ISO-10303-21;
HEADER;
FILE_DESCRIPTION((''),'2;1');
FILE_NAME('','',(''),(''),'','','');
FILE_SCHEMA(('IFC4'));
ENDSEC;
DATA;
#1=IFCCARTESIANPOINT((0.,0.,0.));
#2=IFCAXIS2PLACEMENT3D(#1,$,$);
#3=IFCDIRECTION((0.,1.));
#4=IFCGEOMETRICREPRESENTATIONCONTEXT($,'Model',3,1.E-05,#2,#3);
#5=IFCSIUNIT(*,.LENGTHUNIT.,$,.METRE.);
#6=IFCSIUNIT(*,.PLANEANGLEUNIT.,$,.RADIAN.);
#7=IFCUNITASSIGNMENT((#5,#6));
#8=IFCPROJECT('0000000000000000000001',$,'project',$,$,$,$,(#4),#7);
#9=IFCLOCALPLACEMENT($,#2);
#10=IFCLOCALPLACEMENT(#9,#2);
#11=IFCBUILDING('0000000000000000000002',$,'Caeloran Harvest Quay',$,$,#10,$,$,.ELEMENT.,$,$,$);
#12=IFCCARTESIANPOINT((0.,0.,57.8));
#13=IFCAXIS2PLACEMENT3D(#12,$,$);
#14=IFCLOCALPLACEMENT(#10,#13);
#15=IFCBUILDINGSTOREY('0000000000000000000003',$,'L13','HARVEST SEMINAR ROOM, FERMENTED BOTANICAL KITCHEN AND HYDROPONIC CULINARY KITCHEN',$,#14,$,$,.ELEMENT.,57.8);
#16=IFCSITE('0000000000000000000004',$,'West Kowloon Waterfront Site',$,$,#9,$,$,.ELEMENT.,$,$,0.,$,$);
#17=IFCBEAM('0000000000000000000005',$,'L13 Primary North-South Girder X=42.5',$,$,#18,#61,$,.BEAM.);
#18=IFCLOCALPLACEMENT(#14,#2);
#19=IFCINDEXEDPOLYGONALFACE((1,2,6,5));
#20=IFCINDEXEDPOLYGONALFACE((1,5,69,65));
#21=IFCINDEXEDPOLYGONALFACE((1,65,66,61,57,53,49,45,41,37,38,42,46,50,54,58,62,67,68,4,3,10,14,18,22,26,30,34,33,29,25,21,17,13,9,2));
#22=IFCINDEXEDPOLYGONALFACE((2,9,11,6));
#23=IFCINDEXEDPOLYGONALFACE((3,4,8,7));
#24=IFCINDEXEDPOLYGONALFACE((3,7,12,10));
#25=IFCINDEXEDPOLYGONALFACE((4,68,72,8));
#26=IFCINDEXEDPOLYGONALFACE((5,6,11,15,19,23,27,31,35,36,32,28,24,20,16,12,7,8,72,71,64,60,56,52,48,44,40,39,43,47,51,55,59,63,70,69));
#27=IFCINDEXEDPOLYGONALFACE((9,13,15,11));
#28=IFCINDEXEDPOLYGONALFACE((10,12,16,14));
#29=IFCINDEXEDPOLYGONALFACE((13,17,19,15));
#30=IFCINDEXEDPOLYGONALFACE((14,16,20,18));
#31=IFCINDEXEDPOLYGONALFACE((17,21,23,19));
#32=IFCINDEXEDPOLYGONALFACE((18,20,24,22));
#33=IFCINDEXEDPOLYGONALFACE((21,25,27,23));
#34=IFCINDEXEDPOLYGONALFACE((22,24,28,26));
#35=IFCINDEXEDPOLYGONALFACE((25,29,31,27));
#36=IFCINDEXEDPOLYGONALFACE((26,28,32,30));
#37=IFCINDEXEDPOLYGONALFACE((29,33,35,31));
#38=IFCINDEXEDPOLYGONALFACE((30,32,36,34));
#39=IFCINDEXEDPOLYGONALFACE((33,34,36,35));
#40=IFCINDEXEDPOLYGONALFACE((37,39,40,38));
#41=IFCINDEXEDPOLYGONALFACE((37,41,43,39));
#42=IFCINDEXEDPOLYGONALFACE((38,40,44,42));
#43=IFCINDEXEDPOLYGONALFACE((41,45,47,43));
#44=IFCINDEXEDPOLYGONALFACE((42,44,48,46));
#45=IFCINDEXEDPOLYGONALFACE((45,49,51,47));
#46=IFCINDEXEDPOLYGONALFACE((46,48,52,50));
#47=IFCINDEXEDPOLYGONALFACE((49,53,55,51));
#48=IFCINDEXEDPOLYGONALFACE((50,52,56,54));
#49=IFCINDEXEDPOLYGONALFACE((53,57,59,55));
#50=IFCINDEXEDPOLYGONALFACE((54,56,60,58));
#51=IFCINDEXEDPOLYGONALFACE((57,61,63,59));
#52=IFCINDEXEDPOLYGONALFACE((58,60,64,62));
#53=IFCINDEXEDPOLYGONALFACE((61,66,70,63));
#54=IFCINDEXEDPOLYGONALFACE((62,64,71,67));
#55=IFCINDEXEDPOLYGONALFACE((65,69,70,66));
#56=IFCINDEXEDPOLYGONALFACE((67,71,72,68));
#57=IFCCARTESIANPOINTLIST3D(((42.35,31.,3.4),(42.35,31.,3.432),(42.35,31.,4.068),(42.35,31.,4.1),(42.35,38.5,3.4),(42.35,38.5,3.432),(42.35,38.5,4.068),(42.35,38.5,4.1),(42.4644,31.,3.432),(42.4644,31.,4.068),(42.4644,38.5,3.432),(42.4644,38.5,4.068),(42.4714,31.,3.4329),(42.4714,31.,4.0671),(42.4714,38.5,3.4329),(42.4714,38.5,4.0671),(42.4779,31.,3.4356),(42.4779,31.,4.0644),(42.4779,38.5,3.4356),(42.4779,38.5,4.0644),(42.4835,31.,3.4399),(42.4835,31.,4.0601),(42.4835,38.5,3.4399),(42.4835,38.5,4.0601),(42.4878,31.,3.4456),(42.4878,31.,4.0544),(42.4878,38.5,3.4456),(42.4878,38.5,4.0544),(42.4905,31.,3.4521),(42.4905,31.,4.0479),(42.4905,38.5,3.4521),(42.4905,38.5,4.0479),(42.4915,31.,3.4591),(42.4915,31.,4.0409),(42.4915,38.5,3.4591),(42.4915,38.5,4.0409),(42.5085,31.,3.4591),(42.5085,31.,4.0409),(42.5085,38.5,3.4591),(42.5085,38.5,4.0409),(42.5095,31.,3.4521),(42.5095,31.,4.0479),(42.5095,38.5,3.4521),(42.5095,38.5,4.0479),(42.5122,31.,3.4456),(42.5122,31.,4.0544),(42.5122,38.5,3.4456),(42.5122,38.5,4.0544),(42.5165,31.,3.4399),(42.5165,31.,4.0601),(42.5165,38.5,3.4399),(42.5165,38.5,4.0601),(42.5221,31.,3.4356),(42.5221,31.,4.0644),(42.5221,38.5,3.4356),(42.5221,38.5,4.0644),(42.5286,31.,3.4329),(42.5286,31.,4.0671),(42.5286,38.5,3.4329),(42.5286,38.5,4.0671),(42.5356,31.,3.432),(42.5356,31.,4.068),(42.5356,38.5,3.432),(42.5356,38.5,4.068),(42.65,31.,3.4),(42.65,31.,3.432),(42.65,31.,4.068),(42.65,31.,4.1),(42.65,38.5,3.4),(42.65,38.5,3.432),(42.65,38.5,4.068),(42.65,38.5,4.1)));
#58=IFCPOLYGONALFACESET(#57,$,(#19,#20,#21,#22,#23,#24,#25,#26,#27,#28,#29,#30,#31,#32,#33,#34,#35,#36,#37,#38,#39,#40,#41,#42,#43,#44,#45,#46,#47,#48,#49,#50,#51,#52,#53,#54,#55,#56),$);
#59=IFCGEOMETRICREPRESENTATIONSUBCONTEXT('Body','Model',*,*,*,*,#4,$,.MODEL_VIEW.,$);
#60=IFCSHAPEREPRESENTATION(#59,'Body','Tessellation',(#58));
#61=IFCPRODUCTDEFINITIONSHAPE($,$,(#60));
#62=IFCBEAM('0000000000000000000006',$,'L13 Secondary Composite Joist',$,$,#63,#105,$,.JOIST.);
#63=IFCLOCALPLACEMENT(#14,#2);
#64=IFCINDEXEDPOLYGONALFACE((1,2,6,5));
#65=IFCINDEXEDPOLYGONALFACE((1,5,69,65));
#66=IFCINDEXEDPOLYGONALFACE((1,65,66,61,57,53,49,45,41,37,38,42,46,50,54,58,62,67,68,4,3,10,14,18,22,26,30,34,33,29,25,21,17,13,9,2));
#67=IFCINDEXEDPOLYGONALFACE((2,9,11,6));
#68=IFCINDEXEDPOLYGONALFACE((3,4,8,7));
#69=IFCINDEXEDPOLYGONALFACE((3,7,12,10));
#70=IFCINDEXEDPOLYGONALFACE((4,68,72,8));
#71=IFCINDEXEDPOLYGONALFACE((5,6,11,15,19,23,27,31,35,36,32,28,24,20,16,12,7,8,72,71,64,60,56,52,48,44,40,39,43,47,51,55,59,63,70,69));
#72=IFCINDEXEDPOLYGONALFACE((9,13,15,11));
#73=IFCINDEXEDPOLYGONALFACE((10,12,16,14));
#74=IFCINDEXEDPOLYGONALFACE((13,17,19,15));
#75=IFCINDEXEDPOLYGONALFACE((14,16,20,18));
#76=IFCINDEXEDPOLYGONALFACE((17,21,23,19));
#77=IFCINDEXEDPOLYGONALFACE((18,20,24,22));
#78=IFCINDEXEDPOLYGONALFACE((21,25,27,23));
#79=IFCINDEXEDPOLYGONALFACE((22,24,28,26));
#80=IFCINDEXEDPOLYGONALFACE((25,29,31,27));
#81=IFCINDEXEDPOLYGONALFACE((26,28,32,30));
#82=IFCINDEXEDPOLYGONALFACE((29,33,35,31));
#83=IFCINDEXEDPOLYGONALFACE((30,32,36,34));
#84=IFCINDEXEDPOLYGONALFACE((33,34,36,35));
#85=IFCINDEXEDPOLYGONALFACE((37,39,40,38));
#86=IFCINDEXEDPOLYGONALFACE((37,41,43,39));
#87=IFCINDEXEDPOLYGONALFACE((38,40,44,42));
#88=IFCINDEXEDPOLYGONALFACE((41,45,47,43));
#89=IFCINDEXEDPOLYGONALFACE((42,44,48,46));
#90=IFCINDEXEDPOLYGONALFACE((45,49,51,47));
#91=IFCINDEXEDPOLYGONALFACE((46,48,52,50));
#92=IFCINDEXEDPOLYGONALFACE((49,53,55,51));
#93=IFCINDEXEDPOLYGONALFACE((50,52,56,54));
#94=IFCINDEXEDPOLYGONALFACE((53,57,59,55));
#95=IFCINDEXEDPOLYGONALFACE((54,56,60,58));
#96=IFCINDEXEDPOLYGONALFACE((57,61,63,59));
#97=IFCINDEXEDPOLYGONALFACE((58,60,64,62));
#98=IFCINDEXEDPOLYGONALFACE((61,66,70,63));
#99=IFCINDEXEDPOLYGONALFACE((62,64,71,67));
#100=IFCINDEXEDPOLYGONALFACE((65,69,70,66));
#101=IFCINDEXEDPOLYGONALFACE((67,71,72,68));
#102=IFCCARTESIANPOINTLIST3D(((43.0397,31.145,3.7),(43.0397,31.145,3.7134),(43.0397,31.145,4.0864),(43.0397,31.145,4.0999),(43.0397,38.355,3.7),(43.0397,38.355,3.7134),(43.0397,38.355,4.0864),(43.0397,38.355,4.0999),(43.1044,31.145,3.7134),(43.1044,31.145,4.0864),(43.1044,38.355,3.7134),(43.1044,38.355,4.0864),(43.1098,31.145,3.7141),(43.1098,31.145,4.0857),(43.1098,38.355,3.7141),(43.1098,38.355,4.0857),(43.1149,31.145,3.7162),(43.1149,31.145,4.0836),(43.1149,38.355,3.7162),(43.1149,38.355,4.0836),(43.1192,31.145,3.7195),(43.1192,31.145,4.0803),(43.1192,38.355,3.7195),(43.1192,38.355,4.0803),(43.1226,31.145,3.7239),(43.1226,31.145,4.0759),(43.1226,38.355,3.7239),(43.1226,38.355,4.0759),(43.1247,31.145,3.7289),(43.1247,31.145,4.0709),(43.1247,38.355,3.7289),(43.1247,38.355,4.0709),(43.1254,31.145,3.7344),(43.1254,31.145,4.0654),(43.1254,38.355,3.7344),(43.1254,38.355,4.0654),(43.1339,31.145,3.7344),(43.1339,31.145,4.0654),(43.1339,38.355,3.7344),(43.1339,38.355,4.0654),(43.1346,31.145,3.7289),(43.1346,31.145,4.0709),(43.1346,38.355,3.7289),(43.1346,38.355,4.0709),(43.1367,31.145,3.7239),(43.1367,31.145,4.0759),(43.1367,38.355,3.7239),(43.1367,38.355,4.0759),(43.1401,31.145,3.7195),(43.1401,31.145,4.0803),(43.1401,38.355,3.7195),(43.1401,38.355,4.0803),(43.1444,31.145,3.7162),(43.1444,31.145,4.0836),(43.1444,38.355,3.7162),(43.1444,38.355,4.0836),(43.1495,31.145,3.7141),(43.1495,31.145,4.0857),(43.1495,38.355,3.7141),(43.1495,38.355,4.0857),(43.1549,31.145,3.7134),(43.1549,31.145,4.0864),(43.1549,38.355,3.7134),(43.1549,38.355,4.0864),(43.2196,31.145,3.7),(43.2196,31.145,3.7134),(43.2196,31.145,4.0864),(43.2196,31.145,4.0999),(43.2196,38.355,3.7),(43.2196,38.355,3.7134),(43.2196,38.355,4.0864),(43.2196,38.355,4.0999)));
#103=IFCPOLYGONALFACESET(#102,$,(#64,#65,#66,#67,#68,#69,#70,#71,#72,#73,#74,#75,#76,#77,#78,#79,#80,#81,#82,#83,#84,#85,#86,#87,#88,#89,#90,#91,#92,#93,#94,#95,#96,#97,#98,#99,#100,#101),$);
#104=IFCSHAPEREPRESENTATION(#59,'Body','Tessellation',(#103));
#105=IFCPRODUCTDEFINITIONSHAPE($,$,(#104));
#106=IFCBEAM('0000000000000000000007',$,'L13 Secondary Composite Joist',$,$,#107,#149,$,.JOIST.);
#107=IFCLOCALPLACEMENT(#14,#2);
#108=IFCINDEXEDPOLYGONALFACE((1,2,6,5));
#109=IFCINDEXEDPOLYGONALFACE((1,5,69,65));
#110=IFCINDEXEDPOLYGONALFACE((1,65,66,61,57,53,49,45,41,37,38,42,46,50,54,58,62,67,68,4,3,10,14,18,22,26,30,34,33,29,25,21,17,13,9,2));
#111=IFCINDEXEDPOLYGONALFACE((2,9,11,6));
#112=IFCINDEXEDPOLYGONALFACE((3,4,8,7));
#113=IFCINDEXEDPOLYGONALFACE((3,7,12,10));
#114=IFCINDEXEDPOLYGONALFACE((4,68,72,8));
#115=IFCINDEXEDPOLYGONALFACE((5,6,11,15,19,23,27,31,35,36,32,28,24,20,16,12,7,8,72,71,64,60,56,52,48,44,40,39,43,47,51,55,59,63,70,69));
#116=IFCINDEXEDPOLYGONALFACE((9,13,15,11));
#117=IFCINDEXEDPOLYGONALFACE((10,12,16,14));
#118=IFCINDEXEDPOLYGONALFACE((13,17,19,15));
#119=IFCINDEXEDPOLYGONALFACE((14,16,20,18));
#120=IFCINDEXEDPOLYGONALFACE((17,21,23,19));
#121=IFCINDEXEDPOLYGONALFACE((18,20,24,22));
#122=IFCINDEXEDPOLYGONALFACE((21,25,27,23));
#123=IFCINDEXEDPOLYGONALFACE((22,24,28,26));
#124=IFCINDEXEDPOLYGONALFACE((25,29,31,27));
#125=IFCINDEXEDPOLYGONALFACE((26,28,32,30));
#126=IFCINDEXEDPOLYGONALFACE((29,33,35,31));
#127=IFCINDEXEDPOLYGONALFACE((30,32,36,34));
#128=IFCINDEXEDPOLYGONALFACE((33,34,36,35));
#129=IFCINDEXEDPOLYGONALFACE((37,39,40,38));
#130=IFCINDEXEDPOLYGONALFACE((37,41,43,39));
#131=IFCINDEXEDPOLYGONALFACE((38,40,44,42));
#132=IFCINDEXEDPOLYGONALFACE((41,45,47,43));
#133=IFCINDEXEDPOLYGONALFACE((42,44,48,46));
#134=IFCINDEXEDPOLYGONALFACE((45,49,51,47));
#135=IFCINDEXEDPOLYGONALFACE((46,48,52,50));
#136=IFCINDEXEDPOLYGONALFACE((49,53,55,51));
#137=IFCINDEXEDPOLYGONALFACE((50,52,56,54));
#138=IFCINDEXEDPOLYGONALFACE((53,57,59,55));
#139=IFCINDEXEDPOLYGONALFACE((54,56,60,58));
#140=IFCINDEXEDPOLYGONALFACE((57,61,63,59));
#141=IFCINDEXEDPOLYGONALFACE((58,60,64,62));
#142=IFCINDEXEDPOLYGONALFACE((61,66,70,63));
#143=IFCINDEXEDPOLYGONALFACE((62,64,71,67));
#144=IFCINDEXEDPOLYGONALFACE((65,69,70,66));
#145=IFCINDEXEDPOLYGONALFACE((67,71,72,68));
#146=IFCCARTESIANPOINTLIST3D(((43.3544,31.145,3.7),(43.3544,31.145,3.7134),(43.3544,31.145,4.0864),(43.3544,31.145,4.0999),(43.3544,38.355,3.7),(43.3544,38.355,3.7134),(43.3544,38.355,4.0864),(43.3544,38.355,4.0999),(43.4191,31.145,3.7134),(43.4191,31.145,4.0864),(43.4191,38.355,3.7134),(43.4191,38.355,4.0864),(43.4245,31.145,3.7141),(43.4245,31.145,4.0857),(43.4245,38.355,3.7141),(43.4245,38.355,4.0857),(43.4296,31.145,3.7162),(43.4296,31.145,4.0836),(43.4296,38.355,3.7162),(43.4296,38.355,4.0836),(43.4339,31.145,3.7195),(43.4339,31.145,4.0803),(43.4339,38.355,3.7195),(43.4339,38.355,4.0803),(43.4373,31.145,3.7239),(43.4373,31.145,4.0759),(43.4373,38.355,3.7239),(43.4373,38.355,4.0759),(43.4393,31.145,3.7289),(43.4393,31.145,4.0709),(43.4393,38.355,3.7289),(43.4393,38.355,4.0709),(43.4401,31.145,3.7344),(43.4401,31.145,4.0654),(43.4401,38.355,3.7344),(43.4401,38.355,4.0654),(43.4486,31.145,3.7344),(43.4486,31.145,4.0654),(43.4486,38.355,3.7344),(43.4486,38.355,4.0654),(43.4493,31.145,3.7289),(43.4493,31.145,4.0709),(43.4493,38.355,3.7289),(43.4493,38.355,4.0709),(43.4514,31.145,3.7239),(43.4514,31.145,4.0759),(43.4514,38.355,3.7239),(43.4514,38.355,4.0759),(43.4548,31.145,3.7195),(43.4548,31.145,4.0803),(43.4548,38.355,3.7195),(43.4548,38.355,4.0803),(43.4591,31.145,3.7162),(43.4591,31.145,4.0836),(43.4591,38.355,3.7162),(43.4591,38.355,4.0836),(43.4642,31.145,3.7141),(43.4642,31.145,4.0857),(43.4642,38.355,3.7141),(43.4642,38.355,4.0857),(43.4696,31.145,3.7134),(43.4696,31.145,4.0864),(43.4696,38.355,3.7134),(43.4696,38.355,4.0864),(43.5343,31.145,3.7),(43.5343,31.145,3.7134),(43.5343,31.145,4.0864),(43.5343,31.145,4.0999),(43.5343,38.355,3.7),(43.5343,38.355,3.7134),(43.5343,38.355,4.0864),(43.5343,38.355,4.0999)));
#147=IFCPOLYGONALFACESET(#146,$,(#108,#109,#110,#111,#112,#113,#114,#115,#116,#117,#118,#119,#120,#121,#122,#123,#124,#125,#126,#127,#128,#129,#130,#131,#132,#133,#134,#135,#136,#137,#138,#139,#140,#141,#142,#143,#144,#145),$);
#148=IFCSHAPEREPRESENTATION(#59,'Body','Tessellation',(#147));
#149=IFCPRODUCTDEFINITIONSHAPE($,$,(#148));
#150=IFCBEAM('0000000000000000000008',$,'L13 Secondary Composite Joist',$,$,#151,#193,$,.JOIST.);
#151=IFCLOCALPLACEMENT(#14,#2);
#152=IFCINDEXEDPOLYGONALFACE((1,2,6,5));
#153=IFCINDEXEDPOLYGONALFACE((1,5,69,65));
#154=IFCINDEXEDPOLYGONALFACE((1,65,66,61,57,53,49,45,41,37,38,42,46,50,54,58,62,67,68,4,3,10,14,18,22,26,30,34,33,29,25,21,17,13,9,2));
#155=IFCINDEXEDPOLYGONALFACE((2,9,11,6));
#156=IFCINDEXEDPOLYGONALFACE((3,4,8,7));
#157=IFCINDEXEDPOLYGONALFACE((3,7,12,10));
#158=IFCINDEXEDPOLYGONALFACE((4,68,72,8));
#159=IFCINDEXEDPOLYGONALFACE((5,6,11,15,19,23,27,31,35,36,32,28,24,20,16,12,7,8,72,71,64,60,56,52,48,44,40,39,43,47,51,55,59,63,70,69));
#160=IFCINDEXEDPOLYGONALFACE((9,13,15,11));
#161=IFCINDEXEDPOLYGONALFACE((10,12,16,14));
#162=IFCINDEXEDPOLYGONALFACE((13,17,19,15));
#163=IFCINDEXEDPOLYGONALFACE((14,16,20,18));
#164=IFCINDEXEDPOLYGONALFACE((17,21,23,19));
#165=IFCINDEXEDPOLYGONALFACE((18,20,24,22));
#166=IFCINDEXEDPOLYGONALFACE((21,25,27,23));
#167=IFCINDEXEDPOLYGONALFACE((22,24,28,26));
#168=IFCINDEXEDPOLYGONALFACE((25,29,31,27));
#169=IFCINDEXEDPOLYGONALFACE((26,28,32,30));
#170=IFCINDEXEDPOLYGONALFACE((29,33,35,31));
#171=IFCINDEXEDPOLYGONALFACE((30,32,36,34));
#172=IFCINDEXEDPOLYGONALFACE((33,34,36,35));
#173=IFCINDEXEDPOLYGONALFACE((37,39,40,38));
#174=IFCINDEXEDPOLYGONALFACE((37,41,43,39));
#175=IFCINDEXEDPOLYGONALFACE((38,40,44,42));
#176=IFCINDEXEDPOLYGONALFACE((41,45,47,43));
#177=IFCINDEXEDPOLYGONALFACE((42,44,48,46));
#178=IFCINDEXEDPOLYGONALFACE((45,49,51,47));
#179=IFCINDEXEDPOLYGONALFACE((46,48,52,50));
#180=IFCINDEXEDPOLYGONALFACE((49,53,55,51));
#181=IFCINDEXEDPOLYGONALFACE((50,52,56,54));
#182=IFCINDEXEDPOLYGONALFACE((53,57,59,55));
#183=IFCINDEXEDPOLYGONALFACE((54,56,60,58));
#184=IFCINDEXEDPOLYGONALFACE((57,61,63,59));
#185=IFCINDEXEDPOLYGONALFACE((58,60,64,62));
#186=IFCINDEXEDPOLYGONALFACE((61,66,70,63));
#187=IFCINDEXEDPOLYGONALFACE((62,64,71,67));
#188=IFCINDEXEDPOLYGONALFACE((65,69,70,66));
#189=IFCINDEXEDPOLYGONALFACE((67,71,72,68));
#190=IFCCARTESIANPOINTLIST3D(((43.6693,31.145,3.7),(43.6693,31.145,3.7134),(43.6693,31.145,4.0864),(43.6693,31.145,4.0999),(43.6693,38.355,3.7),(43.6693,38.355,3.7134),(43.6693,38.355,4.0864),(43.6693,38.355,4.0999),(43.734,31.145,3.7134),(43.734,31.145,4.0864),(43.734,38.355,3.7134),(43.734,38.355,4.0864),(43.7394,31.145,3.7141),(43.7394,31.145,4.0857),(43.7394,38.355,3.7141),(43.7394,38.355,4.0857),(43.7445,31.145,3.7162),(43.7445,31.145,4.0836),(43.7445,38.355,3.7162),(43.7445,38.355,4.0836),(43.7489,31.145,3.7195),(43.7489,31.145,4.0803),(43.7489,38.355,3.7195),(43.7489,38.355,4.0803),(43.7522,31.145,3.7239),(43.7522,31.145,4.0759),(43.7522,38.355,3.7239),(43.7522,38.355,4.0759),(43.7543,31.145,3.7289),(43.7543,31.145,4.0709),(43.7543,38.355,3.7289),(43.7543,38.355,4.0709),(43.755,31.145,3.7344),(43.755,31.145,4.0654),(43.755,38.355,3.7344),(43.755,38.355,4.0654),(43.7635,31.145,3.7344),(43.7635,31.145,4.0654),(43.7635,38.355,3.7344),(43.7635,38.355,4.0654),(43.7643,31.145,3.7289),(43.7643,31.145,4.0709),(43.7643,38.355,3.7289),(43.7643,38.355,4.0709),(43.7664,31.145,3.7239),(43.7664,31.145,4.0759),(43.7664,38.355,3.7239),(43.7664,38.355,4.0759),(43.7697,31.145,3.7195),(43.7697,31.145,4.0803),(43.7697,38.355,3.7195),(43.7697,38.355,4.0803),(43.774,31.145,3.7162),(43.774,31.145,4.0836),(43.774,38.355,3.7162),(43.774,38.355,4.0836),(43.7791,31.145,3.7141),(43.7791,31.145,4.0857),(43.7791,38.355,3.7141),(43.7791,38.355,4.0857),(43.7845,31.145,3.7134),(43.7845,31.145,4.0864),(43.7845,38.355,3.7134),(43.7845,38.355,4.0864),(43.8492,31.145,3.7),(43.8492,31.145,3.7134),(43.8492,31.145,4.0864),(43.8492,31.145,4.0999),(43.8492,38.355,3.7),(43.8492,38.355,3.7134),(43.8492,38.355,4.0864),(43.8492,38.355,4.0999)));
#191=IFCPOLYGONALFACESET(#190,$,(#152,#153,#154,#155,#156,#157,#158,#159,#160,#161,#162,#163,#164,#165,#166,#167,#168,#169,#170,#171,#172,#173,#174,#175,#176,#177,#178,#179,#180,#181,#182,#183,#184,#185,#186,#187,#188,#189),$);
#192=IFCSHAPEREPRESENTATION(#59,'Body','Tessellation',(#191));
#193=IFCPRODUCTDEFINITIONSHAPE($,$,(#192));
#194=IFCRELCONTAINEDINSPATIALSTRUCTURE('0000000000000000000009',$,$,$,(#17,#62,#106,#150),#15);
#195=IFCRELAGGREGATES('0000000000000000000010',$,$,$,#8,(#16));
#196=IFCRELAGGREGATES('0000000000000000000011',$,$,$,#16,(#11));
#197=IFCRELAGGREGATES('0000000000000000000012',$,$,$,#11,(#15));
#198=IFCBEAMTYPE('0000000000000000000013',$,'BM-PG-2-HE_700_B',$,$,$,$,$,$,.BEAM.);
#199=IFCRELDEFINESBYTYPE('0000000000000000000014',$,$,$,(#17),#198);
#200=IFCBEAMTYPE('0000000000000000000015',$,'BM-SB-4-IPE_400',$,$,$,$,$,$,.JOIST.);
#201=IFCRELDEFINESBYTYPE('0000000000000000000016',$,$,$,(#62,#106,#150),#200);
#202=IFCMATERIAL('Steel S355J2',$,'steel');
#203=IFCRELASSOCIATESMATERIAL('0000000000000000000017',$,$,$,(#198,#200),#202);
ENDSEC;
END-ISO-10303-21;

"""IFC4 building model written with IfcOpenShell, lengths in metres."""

from ifc_helpers import new_model, si_unit, direction, frame, origin, origin_2d, place, context, subcontext, project, spatial, i_section, extrude, material, material_profile, profile_set, type_object, element, save


model = new_model("IFC4")

# Units and contexts
model_context = context("Model", 3, precision=1e-05, world=origin(), true_north=direction((0.0, 1.0)))
body_context = subcontext(model_context, "Body", "Model", "MODEL_VIEW")
ifc_project = project(units=[si_unit("LENGTHUNIT", "METRE"), si_unit("PLANEANGLEUNIT", "RADIAN")], contexts=[model_context])

# Site, building, storey
site_placement = place(None, origin())
site = spatial("IfcSite", under=ifc_project, at=site_placement, Name="West Kowloon Waterfront Site", CompositionType="ELEMENT", RefElevation=0.0)
building_placement = place(site_placement, origin())
building = spatial("IfcBuilding", under=site, at=building_placement, Name="Caeloran Harvest Quay", CompositionType="ELEMENT")
storey_placement = place(building_placement, frame((0.0, 0.0, 57.8)))
storey = spatial("IfcBuildingStorey", under=building, at=storey_placement, Name="L13", Description="HARVEST SEMINAR ROOM, FERMENTED BOTANICAL KITCHEN AND HYDROPONIC CULINARY KITCHEN", CompositionType="ELEMENT", Elevation=57.8)

# Beams
ifc_material_1 = material(Name="Steel S355J2", Category="steel")
ifc_material_profile_1 = material_profile(ifc_material_1, i_section(OverallWidth=0.3, OverallDepth=0.7, WebThickness=0.0171, FlangeThickness=0.032, FilletRadius=0.0271, at=origin_2d()), Name="HE 700 B")
ifc_profile_set_1 = profile_set([ifc_material_profile_1], Name="Steel S355J2")
beam_type_1 = type_object("IfcBeamType", Name="BM-PG-2-HE_700_B", PredefinedType="BEAM", material=ifc_profile_set_1)
beam_placement = place(storey_placement, frame((42.5, 31.0, 3.75), z_axis=(0.0, 1.0, 0.0), x_axis=(-1.0, 0.0, 0.0)))
element("IfcBeam", 1, at=beam_placement, inside=storey, type_object=beam_type_1, Name="L13 Primary North-South Girder X=42.5", PredefinedType="BEAM", context=body_context, shape_type="SweptSolid", body=[
    extrude(i_section(OverallWidth=0.3, OverallDepth=0.7, WebThickness=0.0171, FlangeThickness=0.032, FilletRadius=0.0271, at=origin_2d()), origin(), (0.0, 0.0, 1.0), 7.5),
])
ifc_material_profile_2 = material_profile(ifc_material_1, i_section(OverallWidth=0.1799, OverallDepth=0.3999, WebThickness=0.0085, FlangeThickness=0.0134, FilletRadius=0.021, at=origin_2d()), Name="IPE 400")
ifc_profile_set_2 = profile_set([ifc_material_profile_2], Name="Steel S355J2")
beam_type_2 = type_object("IfcBeamType", Name="BM-SB-4-IPE_400", PredefinedType="JOIST", material=ifc_profile_set_2)
for number, where, z_axis, x_axis, name in (
    (2, (43.1296, 31.145, 3.8999), (0.0, 1.0, 0.0), (-1.0, 0.0, 0.0), "L13 Secondary Composite Joist"),
    (3, (43.4443, 31.145, 3.8999), (0.0, 1.0, 0.0), (-1.0, 0.0, 0.0), "L13 Secondary Composite Joist"),
    (4, (43.7593, 31.145, 3.8999), (0.0, 1.0, 0.0), (-1.0, 0.0, 0.0), "L13 Secondary Composite Joist"),
):
    element("IfcBeam", number, at=place(storey_placement, frame(where, z_axis=z_axis, x_axis=x_axis)), inside=storey, type_object=beam_type_2, Name=name, PredefinedType="JOIST", context=body_context, shape_type="SweptSolid", body=[
        extrude(i_section(OverallWidth=0.1799, OverallDepth=0.3999, WebThickness=0.0085, FlangeThickness=0.0134, FilletRadius=0.021, at=origin_2d()), origin(), (0.0, 0.0, 1.0), 7.21),
    ])

save(model, "model.ifc")
